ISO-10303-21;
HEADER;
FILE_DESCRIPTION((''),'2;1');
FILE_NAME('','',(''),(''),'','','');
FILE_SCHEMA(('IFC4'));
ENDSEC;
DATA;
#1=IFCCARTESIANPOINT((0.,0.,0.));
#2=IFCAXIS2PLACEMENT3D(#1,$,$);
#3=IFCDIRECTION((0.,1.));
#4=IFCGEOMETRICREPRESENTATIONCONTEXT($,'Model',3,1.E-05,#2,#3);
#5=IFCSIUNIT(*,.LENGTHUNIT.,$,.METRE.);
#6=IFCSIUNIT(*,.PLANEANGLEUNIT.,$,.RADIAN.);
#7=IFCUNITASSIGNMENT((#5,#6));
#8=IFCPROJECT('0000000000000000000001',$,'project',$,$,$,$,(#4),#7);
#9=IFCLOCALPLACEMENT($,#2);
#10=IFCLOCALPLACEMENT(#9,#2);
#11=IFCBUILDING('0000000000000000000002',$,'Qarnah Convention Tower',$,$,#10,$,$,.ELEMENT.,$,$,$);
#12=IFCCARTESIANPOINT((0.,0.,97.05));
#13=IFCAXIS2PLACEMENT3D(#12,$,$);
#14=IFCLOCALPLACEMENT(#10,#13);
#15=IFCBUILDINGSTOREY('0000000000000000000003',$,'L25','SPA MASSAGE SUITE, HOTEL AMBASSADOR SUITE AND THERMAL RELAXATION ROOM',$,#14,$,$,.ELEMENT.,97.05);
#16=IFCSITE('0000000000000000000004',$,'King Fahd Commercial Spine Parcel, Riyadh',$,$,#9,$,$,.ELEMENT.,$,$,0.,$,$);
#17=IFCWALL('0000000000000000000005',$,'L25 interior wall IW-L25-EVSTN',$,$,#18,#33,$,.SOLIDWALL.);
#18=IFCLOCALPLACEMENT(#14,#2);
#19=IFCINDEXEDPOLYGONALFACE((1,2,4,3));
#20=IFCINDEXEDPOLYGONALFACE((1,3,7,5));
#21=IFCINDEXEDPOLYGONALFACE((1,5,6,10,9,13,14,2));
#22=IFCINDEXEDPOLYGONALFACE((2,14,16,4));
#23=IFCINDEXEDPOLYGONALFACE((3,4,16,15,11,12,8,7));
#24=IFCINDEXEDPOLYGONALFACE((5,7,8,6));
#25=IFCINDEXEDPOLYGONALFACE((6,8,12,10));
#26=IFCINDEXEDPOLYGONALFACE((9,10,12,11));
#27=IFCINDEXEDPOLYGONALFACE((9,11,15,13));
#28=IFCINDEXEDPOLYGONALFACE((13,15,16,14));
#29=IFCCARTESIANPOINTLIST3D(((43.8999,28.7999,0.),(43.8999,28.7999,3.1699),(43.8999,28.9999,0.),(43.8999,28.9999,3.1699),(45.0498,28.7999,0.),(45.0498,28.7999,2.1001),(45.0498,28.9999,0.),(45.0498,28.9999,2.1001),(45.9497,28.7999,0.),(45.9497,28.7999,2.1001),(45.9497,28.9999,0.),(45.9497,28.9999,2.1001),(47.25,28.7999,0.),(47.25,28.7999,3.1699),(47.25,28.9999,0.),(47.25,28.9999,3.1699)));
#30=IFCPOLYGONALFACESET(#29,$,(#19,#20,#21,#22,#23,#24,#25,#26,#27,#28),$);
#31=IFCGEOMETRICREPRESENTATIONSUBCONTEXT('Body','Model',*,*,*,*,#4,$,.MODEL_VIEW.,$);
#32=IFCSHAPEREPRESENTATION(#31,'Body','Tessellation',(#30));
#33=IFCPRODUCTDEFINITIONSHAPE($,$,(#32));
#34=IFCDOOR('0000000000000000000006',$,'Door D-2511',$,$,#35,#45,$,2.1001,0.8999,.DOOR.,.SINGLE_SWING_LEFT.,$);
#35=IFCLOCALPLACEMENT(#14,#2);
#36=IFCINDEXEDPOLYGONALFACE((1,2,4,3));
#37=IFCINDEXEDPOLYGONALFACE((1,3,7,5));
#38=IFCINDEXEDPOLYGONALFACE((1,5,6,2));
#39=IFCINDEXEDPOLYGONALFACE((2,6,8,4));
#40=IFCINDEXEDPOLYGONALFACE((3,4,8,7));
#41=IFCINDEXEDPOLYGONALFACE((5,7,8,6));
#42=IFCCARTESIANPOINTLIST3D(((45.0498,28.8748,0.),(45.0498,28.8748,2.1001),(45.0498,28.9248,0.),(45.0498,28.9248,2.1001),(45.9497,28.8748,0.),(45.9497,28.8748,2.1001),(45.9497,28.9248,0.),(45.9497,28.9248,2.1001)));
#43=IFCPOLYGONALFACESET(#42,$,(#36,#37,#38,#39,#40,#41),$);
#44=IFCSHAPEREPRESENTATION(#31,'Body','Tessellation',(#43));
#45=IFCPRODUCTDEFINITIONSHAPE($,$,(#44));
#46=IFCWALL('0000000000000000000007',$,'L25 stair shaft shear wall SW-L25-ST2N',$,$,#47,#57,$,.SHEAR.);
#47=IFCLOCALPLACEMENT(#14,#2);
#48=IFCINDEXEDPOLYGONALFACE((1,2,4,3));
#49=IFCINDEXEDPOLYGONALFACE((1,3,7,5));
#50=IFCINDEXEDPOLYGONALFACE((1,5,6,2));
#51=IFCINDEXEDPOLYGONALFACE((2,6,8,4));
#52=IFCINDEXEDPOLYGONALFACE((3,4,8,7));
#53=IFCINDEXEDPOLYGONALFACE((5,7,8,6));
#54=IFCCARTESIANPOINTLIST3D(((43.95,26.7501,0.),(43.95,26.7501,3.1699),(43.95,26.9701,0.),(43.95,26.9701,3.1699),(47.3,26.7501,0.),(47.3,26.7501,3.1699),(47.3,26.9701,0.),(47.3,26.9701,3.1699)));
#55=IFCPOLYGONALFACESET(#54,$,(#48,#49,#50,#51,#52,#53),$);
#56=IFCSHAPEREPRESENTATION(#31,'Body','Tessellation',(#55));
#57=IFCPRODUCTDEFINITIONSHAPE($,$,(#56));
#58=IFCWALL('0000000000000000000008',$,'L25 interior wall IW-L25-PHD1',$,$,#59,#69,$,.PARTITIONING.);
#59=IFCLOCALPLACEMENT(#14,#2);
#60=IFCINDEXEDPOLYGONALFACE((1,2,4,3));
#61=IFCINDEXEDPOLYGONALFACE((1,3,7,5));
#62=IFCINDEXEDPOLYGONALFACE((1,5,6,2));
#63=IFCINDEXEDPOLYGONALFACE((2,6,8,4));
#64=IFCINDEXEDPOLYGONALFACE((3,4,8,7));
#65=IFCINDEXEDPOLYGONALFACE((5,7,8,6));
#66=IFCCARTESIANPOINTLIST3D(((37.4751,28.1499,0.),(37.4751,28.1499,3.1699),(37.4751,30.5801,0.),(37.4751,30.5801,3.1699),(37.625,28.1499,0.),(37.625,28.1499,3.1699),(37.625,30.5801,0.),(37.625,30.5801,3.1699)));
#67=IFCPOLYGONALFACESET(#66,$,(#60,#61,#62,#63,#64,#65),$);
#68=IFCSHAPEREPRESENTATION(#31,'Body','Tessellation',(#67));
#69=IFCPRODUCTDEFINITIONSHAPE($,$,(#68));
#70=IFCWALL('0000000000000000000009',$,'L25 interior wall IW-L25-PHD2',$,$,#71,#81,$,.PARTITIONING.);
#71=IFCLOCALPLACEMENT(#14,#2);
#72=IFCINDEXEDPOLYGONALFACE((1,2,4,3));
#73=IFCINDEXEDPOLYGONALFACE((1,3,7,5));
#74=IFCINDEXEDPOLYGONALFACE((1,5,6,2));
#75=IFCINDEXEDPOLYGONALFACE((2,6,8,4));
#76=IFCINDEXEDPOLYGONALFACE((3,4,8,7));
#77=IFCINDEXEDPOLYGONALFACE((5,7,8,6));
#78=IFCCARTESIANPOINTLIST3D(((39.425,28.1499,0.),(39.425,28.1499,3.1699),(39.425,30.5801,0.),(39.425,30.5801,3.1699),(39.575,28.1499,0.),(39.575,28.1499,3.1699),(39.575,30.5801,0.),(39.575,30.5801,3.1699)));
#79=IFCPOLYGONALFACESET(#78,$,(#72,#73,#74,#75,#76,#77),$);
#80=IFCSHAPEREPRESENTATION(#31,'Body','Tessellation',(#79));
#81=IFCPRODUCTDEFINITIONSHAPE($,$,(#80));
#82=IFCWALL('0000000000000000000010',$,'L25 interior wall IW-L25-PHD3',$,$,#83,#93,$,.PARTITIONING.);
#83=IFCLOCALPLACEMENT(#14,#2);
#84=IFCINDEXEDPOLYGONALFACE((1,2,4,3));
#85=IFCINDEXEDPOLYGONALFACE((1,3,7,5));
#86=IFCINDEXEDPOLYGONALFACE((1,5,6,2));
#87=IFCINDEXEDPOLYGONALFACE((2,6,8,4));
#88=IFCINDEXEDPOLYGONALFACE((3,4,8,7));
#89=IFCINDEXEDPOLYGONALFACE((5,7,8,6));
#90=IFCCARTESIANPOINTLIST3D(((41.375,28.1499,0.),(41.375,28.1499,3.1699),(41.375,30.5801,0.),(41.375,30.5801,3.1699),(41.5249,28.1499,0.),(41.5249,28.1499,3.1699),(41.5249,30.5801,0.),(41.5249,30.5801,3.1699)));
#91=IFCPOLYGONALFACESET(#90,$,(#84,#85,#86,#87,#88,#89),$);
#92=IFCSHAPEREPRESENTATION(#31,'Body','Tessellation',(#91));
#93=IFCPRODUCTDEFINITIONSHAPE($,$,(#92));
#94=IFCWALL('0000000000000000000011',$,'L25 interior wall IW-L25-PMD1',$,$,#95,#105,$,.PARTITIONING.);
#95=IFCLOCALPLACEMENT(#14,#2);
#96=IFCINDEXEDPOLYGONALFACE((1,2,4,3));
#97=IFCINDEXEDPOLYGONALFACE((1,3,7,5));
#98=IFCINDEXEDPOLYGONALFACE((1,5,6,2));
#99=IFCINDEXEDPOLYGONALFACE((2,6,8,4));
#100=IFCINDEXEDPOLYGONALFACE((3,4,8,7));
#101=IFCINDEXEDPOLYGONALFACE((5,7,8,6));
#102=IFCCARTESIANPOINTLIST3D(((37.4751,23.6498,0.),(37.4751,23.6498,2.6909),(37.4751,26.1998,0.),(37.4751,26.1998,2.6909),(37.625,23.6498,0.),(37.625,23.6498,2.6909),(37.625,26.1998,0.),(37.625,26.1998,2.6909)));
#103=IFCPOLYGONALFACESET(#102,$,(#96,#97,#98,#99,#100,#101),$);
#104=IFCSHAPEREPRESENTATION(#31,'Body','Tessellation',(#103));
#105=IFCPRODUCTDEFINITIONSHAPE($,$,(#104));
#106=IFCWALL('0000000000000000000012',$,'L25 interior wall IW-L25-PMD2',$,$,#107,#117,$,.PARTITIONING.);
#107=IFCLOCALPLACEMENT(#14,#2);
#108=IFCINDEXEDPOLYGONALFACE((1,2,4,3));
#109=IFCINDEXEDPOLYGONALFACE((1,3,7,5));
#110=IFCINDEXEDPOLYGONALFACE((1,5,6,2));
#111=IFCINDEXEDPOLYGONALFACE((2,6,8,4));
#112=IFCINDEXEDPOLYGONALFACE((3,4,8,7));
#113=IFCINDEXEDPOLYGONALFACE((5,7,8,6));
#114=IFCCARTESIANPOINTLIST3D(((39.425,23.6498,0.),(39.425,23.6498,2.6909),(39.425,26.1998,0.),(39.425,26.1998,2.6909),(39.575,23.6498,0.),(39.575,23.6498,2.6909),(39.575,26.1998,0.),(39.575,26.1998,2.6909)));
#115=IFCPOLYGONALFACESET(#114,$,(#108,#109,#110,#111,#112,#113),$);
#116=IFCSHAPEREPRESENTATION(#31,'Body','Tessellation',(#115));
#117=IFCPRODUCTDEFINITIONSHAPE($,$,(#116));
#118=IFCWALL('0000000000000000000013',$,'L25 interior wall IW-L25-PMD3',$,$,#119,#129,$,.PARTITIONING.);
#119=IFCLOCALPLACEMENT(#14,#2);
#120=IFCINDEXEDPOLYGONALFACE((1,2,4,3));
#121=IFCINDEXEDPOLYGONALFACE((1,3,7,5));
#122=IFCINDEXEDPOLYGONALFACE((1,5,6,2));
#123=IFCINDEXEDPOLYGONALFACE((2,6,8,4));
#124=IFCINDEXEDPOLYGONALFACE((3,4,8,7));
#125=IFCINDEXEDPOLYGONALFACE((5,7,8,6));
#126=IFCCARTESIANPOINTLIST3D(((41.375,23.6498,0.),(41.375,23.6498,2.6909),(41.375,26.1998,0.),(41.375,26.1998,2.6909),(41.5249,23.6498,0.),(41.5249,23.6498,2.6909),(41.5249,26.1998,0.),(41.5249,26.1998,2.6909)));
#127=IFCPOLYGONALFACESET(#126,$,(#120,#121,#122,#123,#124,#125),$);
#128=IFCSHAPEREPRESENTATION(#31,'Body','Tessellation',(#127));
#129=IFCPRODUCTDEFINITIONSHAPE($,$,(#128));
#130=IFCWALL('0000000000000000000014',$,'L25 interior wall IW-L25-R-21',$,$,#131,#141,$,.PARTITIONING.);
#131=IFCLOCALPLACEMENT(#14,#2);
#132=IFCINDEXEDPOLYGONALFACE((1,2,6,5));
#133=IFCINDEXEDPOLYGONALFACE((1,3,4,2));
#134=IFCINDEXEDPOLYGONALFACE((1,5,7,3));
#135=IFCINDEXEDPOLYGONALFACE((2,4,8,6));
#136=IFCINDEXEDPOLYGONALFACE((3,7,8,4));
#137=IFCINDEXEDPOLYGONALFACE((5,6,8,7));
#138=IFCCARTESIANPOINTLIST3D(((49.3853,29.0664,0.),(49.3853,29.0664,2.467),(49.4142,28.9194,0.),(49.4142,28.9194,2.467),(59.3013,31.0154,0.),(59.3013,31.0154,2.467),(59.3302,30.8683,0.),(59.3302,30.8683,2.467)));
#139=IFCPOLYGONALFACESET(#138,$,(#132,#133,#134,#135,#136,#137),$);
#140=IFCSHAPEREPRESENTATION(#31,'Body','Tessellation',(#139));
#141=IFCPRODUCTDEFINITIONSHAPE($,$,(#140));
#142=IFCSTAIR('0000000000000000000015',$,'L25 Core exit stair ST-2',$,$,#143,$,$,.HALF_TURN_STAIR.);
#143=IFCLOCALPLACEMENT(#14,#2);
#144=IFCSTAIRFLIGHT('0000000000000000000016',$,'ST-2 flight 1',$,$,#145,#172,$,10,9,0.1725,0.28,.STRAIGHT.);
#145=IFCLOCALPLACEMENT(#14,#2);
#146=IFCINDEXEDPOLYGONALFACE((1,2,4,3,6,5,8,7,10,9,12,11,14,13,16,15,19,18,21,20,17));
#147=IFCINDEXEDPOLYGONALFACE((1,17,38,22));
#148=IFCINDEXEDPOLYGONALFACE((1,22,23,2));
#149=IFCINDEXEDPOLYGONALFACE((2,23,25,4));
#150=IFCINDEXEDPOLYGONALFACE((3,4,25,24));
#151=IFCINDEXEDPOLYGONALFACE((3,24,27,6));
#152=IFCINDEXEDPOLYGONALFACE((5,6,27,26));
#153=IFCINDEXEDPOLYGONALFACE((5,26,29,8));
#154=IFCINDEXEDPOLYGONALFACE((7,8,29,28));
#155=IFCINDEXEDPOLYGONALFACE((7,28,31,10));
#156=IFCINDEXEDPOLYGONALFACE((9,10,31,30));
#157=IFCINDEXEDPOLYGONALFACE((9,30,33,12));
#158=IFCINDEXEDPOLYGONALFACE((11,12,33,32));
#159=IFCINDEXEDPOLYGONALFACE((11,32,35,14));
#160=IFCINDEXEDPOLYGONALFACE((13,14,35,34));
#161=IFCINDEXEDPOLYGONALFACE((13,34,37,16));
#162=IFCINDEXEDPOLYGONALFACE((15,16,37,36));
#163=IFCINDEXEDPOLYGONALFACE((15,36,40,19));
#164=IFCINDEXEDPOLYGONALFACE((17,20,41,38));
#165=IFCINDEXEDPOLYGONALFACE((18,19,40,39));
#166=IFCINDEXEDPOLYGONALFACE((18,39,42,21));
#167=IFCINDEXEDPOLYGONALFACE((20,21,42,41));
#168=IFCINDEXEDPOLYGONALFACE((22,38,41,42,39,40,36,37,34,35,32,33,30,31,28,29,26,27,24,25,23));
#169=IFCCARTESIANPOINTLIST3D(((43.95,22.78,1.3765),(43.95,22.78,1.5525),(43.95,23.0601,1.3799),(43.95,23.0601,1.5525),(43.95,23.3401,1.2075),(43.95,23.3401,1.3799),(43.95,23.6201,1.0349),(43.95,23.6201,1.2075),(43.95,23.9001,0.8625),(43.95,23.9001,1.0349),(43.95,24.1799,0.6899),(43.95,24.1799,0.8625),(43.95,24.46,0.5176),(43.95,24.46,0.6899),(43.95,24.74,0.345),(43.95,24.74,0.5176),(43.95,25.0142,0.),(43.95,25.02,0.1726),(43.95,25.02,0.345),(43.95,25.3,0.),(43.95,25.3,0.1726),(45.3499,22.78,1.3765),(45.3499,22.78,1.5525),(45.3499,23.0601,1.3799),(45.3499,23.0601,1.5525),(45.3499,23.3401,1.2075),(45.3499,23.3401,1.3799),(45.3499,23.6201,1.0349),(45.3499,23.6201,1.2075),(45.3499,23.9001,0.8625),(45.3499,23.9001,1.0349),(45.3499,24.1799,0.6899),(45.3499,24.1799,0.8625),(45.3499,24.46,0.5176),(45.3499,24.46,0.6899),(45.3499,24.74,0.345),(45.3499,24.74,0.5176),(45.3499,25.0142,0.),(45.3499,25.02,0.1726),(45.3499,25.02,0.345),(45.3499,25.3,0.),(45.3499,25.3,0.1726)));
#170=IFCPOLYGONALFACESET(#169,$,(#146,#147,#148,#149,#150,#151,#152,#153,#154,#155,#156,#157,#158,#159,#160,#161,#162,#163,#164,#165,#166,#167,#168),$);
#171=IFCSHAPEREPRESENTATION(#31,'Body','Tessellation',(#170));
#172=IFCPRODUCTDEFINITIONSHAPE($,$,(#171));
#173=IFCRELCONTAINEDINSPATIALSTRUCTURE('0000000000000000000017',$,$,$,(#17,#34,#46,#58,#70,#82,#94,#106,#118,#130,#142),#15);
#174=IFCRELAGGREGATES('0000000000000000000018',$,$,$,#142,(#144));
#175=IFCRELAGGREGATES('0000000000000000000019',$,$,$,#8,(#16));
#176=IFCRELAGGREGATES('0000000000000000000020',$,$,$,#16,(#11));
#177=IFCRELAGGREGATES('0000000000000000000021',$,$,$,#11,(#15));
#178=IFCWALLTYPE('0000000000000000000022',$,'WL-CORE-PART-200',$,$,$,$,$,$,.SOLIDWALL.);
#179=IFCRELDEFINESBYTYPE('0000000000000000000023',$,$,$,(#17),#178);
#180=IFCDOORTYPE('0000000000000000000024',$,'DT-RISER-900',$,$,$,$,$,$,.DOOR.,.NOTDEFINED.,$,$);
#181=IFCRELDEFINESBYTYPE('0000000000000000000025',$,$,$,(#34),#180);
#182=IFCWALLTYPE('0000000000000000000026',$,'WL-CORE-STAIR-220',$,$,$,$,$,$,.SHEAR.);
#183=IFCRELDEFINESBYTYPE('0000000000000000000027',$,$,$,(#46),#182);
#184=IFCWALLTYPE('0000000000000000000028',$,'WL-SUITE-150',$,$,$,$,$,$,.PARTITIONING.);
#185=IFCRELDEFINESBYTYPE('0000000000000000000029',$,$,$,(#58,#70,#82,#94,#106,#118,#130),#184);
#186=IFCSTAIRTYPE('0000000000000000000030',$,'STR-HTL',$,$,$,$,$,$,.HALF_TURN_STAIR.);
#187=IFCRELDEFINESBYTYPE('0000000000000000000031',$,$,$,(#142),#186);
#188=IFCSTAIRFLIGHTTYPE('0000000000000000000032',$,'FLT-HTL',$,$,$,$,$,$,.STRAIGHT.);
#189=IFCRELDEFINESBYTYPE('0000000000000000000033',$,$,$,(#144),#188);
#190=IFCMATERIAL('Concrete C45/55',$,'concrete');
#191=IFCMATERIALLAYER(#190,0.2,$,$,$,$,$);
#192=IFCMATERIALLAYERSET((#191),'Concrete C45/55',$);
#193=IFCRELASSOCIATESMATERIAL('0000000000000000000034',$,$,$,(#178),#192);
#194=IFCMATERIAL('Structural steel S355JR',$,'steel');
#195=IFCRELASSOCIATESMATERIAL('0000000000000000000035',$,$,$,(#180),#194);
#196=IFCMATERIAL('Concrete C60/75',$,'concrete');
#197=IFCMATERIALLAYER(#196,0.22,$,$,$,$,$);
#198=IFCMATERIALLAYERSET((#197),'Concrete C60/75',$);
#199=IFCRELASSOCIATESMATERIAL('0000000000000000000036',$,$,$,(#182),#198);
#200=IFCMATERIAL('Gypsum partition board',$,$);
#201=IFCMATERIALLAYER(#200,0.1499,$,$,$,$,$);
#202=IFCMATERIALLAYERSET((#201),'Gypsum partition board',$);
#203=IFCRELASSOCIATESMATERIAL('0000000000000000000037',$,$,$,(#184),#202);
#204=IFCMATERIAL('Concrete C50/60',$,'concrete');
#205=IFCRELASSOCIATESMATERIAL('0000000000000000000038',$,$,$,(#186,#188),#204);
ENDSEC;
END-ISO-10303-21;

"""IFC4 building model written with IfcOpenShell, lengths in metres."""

from ifc_helpers import new_model, si_unit, direction, frame, frame_2d, origin, place, context, subcontext, project, spatial, polyline, rectangle, outline, extrude, material, layer, layer_set, type_object, element, fill, aggregate, save


model = new_model("IFC4")

# Units and contexts
model_context = context("Model", 3, precision=1e-05, world=origin(), true_north=direction((0.0, 1.0)))
body_context = subcontext(model_context, "Body", "Model", "MODEL_VIEW")
ifc_project = project(units=[si_unit("LENGTHUNIT", "METRE"), si_unit("PLANEANGLEUNIT", "RADIAN")], contexts=[model_context])

# Site, building, storey
site_placement = place(None, origin())
site = spatial("IfcSite", under=ifc_project, at=site_placement, Name="King Fahd Commercial Spine Parcel, Riyadh", CompositionType="ELEMENT", RefElevation=0.0)
building_placement = place(site_placement, origin())
building = spatial("IfcBuilding", under=site, at=building_placement, Name="Qarnah Convention Tower", CompositionType="ELEMENT")
storey_placement = place(building_placement, frame((0.0, 0.0, 97.05)))
storey = spatial("IfcBuildingStorey", under=building, at=storey_placement, Name="L25", Description="SPA MASSAGE SUITE, HOTEL AMBASSADOR SUITE AND THERMAL RELAXATION ROOM", CompositionType="ELEMENT", Elevation=97.05)

# Shared definitions
ifc_material_1 = material(Name="Structural steel S355JR", Category="steel")

# Wall, opening, door
ifc_material_2 = material(Name="Concrete C45/55", Category="concrete")
ifc_layer_1 = layer(ifc_material_2, 0.2)
ifc_layer_set_1 = layer_set([ifc_layer_1], Name="Concrete C45/55")
wall_type_1 = type_object("IfcWallType", Name="WL-CORE-PART-200", PredefinedType="SOLIDWALL", material=ifc_layer_set_1)
wall_1_placement = place(storey_placement, frame((43.8999, 28.8999, 0.0), z_axis=(0.0, 0.0, 1.0), x_axis=(1.0, 0.0, 0.0)))
wall_1 = element("IfcWall", 1, at=wall_1_placement, inside=storey, type_object=wall_type_1, Name="L25 interior wall IW-L25-EVSTN", PredefinedType="SOLIDWALL", context=body_context, shape_type="SweptSolid", body=[
    extrude(rectangle(XDim=3.3501, YDim=0.2, at=frame_2d((1.675, 0.0))), origin(), (0.0, 0.0, 1.0), 3.1699),
])
opening_placement = place(wall_1_placement, frame((1.1499, 0.0, 0.0)))
opening = element("IfcOpeningElement", 2, at=opening_placement, cuts=wall_1, PredefinedType="OPENING", context=body_context, shape_type="SweptSolid", body=[
    extrude(rectangle(XDim=0.8999, YDim=2.1001, at=frame_2d((0.45, 1.05))), frame((0.0, 0.1099, 0.0), z_axis=(0.0, -1.0, 0.0), x_axis=(1.0, 0.0, 0.0)), (0.0, 0.0, 1.0), 0.22),
])
door_type = type_object("IfcDoorType", Name="DT-RISER-900", OperationType="NOTDEFINED", PredefinedType="DOOR", material=ifc_material_1)
door_placement = place(opening_placement, origin())
door = element("IfcDoor", 3, at=door_placement, inside=storey, type_object=door_type, Name="Door D-2511", OperationType="SINGLE_SWING_LEFT", OverallHeight=2.1001, OverallWidth=0.8999, PredefinedType="DOOR", context=body_context, shape_type="SweptSolid", body=[
    extrude(rectangle(XDim=0.8999, YDim=2.1001, at=frame_2d((0.45, 1.05))), frame((0.0, 0.0249, 0.0), z_axis=(0.0, -1.0, 0.0), x_axis=(1.0, 0.0, 0.0)), (0.0, 0.0, 1.0), 0.05),
])
fill(opening, door)

# Walls
ifc_material_3 = material(Name="Concrete C60/75", Category="concrete")
ifc_layer_2 = layer(ifc_material_3, 0.22)
ifc_layer_set_2 = layer_set([ifc_layer_2], Name="Concrete C60/75")
wall_type_2 = type_object("IfcWallType", Name="WL-CORE-STAIR-220", PredefinedType="SHEAR", material=ifc_layer_set_2)
wall_2_placement = place(storey_placement, frame((43.95, 26.8601, 0.0), z_axis=(0.0, 0.0, 1.0), x_axis=(1.0, 0.0, 0.0)))
element("IfcWall", 4, at=wall_2_placement, inside=storey, type_object=wall_type_2, Name="L25 stair shaft shear wall SW-L25-ST2N", PredefinedType="SHEAR", context=body_context, shape_type="SweptSolid", body=[
    extrude(rectangle(XDim=3.3501, YDim=0.22, at=frame_2d((1.675, 0.0))), origin(), (0.0, 0.0, 1.0), 3.1699),
])
ifc_material_4 = material(Name="Gypsum partition board")
ifc_layer_3 = layer(ifc_material_4, 0.1499)
ifc_layer_set_3 = layer_set([ifc_layer_3], Name="Gypsum partition board")
wall_type_3 = type_object("IfcWallType", Name="WL-SUITE-150", PredefinedType="PARTITIONING", material=ifc_layer_set_3)
for number, where, z_axis, x_axis, name in (
    (5, (37.55, 28.1499, 0.0), (0.0, 0.0, 1.0), (0.0, 1.0, 0.0), "L25 interior wall IW-L25-PHD1"),
    (6, (39.5, 28.1499, 0.0), (0.0, 0.0, 1.0), (0.0, 1.0, 0.0), "L25 interior wall IW-L25-PHD2"),
    (7, (41.45, 28.1499, 0.0), (0.0, 0.0, 1.0), (0.0, 1.0, 0.0), "L25 interior wall IW-L25-PHD3"),
):
    element("IfcWall", number, at=place(storey_placement, frame(where, z_axis=z_axis, x_axis=x_axis)), inside=storey, type_object=wall_type_3, Name=name, PredefinedType="PARTITIONING", context=body_context, shape_type="SweptSolid", body=[
        extrude(rectangle(XDim=2.4302, YDim=0.1499, at=frame_2d((1.2151, 0.0))), origin(), (0.0, 0.0, 1.0), 3.1699),
    ])
for number, where, z_axis, x_axis, name in (
    (8, (37.55, 23.6499, 0.0), (0.0, 0.0, 1.0), (0.0, 1.0, 0.0), "L25 interior wall IW-L25-PMD1"),
    (9, (39.5, 23.6499, 0.0), (0.0, 0.0, 1.0), (0.0, 1.0, 0.0), "L25 interior wall IW-L25-PMD2"),
    (10, (41.45, 23.6499, 0.0), (0.0, 0.0, 1.0), (0.0, 1.0, 0.0), "L25 interior wall IW-L25-PMD3"),
):
    element("IfcWall", number, at=place(storey_placement, frame(where, z_axis=z_axis, x_axis=x_axis)), inside=storey, type_object=wall_type_3, Name=name, PredefinedType="PARTITIONING", context=body_context, shape_type="SweptSolid", body=[
        extrude(rectangle(XDim=2.55, YDim=0.1499, at=frame_2d((1.2749, 0.0))), origin(), (0.0, 0.0, 1.0), 2.6909),
    ])
wall_3_placement = place(storey_placement, frame((49.3999, 28.9929, 0.0), z_axis=(0.0, 0.0, 1.0), x_axis=(0.981227, 0.192858, 0.0)))
element("IfcWall", 11, at=wall_3_placement, inside=storey, type_object=wall_type_3, Name="L25 interior wall IW-L25-R-21", PredefinedType="PARTITIONING", context=body_context, shape_type="SweptSolid", body=[
    extrude(rectangle(XDim=10.1057, YDim=0.1499, at=frame_2d((5.0527, 0.0))), origin(), (0.0, 0.0, 1.0), 2.467),
])

# Stair, stair flight
ifc_material_5 = material(Name="Concrete C50/60", Category="concrete")
stair_type = type_object("IfcStairType", Name="STR-HTL", PredefinedType="HALF_TURN_STAIR", material=ifc_material_5)
stair_placement = place(storey_placement, origin())
stair = element("IfcStair", 12, at=stair_placement, inside=storey, type_object=stair_type, Name="L25 Core exit stair ST-2", PredefinedType="HALF_TURN_STAIR")
stair_flight_type = type_object("IfcStairFlightType", Name="FLT-HTL", PredefinedType="STRAIGHT", material=ifc_material_5)
stair_flight_1_placement = place(storey_placement, frame((44.6499, 25.3, 0.0), z_axis=(0.0, 0.0, 1.0), x_axis=(0.0, -1.0, 0.0)))
stair_flight_1 = element("IfcStairFlight", 13, at=stair_flight_1_placement, type_object=stair_flight_type, Name="ST-2 flight 1", NumberOfRisers=10, NumberOfTreads=9, PredefinedType="STRAIGHT", RiserHeight=0.1725, TreadLength=0.28, context=body_context, shape_type="SweptSolid", body=[
    extrude(outline(polyline([(0.0, 0.0), (0.0, 0.1726), (0.28, 0.1726), (0.28, 0.345), (0.5601, 0.345), (0.5601, 0.5176), (0.8401, 0.5176), (0.8401, 0.6899), (1.1201, 0.6899), (1.1201, 0.8625), (1.3999, 0.8625), (1.3999, 1.0349), (1.6799, 1.0349), (1.6799, 1.2075), (1.96, 1.2075), (1.96, 1.3799), (2.24, 1.3799), (2.24, 1.5525), (2.52, 1.5525), (2.52, 1.7251), (2.52, 1.3765), (0.2859, 0.0), (0.0, 0.0)])), frame((0.0, 0.7, 0.0), z_axis=(0.0, -1.0, 0.0), x_axis=(1.0, 0.0, 0.0)), (0.0, 0.0, 1.0), 1.3999),
])
aggregate(stair, [stair_flight_1])

save(model, "model.ifc")
